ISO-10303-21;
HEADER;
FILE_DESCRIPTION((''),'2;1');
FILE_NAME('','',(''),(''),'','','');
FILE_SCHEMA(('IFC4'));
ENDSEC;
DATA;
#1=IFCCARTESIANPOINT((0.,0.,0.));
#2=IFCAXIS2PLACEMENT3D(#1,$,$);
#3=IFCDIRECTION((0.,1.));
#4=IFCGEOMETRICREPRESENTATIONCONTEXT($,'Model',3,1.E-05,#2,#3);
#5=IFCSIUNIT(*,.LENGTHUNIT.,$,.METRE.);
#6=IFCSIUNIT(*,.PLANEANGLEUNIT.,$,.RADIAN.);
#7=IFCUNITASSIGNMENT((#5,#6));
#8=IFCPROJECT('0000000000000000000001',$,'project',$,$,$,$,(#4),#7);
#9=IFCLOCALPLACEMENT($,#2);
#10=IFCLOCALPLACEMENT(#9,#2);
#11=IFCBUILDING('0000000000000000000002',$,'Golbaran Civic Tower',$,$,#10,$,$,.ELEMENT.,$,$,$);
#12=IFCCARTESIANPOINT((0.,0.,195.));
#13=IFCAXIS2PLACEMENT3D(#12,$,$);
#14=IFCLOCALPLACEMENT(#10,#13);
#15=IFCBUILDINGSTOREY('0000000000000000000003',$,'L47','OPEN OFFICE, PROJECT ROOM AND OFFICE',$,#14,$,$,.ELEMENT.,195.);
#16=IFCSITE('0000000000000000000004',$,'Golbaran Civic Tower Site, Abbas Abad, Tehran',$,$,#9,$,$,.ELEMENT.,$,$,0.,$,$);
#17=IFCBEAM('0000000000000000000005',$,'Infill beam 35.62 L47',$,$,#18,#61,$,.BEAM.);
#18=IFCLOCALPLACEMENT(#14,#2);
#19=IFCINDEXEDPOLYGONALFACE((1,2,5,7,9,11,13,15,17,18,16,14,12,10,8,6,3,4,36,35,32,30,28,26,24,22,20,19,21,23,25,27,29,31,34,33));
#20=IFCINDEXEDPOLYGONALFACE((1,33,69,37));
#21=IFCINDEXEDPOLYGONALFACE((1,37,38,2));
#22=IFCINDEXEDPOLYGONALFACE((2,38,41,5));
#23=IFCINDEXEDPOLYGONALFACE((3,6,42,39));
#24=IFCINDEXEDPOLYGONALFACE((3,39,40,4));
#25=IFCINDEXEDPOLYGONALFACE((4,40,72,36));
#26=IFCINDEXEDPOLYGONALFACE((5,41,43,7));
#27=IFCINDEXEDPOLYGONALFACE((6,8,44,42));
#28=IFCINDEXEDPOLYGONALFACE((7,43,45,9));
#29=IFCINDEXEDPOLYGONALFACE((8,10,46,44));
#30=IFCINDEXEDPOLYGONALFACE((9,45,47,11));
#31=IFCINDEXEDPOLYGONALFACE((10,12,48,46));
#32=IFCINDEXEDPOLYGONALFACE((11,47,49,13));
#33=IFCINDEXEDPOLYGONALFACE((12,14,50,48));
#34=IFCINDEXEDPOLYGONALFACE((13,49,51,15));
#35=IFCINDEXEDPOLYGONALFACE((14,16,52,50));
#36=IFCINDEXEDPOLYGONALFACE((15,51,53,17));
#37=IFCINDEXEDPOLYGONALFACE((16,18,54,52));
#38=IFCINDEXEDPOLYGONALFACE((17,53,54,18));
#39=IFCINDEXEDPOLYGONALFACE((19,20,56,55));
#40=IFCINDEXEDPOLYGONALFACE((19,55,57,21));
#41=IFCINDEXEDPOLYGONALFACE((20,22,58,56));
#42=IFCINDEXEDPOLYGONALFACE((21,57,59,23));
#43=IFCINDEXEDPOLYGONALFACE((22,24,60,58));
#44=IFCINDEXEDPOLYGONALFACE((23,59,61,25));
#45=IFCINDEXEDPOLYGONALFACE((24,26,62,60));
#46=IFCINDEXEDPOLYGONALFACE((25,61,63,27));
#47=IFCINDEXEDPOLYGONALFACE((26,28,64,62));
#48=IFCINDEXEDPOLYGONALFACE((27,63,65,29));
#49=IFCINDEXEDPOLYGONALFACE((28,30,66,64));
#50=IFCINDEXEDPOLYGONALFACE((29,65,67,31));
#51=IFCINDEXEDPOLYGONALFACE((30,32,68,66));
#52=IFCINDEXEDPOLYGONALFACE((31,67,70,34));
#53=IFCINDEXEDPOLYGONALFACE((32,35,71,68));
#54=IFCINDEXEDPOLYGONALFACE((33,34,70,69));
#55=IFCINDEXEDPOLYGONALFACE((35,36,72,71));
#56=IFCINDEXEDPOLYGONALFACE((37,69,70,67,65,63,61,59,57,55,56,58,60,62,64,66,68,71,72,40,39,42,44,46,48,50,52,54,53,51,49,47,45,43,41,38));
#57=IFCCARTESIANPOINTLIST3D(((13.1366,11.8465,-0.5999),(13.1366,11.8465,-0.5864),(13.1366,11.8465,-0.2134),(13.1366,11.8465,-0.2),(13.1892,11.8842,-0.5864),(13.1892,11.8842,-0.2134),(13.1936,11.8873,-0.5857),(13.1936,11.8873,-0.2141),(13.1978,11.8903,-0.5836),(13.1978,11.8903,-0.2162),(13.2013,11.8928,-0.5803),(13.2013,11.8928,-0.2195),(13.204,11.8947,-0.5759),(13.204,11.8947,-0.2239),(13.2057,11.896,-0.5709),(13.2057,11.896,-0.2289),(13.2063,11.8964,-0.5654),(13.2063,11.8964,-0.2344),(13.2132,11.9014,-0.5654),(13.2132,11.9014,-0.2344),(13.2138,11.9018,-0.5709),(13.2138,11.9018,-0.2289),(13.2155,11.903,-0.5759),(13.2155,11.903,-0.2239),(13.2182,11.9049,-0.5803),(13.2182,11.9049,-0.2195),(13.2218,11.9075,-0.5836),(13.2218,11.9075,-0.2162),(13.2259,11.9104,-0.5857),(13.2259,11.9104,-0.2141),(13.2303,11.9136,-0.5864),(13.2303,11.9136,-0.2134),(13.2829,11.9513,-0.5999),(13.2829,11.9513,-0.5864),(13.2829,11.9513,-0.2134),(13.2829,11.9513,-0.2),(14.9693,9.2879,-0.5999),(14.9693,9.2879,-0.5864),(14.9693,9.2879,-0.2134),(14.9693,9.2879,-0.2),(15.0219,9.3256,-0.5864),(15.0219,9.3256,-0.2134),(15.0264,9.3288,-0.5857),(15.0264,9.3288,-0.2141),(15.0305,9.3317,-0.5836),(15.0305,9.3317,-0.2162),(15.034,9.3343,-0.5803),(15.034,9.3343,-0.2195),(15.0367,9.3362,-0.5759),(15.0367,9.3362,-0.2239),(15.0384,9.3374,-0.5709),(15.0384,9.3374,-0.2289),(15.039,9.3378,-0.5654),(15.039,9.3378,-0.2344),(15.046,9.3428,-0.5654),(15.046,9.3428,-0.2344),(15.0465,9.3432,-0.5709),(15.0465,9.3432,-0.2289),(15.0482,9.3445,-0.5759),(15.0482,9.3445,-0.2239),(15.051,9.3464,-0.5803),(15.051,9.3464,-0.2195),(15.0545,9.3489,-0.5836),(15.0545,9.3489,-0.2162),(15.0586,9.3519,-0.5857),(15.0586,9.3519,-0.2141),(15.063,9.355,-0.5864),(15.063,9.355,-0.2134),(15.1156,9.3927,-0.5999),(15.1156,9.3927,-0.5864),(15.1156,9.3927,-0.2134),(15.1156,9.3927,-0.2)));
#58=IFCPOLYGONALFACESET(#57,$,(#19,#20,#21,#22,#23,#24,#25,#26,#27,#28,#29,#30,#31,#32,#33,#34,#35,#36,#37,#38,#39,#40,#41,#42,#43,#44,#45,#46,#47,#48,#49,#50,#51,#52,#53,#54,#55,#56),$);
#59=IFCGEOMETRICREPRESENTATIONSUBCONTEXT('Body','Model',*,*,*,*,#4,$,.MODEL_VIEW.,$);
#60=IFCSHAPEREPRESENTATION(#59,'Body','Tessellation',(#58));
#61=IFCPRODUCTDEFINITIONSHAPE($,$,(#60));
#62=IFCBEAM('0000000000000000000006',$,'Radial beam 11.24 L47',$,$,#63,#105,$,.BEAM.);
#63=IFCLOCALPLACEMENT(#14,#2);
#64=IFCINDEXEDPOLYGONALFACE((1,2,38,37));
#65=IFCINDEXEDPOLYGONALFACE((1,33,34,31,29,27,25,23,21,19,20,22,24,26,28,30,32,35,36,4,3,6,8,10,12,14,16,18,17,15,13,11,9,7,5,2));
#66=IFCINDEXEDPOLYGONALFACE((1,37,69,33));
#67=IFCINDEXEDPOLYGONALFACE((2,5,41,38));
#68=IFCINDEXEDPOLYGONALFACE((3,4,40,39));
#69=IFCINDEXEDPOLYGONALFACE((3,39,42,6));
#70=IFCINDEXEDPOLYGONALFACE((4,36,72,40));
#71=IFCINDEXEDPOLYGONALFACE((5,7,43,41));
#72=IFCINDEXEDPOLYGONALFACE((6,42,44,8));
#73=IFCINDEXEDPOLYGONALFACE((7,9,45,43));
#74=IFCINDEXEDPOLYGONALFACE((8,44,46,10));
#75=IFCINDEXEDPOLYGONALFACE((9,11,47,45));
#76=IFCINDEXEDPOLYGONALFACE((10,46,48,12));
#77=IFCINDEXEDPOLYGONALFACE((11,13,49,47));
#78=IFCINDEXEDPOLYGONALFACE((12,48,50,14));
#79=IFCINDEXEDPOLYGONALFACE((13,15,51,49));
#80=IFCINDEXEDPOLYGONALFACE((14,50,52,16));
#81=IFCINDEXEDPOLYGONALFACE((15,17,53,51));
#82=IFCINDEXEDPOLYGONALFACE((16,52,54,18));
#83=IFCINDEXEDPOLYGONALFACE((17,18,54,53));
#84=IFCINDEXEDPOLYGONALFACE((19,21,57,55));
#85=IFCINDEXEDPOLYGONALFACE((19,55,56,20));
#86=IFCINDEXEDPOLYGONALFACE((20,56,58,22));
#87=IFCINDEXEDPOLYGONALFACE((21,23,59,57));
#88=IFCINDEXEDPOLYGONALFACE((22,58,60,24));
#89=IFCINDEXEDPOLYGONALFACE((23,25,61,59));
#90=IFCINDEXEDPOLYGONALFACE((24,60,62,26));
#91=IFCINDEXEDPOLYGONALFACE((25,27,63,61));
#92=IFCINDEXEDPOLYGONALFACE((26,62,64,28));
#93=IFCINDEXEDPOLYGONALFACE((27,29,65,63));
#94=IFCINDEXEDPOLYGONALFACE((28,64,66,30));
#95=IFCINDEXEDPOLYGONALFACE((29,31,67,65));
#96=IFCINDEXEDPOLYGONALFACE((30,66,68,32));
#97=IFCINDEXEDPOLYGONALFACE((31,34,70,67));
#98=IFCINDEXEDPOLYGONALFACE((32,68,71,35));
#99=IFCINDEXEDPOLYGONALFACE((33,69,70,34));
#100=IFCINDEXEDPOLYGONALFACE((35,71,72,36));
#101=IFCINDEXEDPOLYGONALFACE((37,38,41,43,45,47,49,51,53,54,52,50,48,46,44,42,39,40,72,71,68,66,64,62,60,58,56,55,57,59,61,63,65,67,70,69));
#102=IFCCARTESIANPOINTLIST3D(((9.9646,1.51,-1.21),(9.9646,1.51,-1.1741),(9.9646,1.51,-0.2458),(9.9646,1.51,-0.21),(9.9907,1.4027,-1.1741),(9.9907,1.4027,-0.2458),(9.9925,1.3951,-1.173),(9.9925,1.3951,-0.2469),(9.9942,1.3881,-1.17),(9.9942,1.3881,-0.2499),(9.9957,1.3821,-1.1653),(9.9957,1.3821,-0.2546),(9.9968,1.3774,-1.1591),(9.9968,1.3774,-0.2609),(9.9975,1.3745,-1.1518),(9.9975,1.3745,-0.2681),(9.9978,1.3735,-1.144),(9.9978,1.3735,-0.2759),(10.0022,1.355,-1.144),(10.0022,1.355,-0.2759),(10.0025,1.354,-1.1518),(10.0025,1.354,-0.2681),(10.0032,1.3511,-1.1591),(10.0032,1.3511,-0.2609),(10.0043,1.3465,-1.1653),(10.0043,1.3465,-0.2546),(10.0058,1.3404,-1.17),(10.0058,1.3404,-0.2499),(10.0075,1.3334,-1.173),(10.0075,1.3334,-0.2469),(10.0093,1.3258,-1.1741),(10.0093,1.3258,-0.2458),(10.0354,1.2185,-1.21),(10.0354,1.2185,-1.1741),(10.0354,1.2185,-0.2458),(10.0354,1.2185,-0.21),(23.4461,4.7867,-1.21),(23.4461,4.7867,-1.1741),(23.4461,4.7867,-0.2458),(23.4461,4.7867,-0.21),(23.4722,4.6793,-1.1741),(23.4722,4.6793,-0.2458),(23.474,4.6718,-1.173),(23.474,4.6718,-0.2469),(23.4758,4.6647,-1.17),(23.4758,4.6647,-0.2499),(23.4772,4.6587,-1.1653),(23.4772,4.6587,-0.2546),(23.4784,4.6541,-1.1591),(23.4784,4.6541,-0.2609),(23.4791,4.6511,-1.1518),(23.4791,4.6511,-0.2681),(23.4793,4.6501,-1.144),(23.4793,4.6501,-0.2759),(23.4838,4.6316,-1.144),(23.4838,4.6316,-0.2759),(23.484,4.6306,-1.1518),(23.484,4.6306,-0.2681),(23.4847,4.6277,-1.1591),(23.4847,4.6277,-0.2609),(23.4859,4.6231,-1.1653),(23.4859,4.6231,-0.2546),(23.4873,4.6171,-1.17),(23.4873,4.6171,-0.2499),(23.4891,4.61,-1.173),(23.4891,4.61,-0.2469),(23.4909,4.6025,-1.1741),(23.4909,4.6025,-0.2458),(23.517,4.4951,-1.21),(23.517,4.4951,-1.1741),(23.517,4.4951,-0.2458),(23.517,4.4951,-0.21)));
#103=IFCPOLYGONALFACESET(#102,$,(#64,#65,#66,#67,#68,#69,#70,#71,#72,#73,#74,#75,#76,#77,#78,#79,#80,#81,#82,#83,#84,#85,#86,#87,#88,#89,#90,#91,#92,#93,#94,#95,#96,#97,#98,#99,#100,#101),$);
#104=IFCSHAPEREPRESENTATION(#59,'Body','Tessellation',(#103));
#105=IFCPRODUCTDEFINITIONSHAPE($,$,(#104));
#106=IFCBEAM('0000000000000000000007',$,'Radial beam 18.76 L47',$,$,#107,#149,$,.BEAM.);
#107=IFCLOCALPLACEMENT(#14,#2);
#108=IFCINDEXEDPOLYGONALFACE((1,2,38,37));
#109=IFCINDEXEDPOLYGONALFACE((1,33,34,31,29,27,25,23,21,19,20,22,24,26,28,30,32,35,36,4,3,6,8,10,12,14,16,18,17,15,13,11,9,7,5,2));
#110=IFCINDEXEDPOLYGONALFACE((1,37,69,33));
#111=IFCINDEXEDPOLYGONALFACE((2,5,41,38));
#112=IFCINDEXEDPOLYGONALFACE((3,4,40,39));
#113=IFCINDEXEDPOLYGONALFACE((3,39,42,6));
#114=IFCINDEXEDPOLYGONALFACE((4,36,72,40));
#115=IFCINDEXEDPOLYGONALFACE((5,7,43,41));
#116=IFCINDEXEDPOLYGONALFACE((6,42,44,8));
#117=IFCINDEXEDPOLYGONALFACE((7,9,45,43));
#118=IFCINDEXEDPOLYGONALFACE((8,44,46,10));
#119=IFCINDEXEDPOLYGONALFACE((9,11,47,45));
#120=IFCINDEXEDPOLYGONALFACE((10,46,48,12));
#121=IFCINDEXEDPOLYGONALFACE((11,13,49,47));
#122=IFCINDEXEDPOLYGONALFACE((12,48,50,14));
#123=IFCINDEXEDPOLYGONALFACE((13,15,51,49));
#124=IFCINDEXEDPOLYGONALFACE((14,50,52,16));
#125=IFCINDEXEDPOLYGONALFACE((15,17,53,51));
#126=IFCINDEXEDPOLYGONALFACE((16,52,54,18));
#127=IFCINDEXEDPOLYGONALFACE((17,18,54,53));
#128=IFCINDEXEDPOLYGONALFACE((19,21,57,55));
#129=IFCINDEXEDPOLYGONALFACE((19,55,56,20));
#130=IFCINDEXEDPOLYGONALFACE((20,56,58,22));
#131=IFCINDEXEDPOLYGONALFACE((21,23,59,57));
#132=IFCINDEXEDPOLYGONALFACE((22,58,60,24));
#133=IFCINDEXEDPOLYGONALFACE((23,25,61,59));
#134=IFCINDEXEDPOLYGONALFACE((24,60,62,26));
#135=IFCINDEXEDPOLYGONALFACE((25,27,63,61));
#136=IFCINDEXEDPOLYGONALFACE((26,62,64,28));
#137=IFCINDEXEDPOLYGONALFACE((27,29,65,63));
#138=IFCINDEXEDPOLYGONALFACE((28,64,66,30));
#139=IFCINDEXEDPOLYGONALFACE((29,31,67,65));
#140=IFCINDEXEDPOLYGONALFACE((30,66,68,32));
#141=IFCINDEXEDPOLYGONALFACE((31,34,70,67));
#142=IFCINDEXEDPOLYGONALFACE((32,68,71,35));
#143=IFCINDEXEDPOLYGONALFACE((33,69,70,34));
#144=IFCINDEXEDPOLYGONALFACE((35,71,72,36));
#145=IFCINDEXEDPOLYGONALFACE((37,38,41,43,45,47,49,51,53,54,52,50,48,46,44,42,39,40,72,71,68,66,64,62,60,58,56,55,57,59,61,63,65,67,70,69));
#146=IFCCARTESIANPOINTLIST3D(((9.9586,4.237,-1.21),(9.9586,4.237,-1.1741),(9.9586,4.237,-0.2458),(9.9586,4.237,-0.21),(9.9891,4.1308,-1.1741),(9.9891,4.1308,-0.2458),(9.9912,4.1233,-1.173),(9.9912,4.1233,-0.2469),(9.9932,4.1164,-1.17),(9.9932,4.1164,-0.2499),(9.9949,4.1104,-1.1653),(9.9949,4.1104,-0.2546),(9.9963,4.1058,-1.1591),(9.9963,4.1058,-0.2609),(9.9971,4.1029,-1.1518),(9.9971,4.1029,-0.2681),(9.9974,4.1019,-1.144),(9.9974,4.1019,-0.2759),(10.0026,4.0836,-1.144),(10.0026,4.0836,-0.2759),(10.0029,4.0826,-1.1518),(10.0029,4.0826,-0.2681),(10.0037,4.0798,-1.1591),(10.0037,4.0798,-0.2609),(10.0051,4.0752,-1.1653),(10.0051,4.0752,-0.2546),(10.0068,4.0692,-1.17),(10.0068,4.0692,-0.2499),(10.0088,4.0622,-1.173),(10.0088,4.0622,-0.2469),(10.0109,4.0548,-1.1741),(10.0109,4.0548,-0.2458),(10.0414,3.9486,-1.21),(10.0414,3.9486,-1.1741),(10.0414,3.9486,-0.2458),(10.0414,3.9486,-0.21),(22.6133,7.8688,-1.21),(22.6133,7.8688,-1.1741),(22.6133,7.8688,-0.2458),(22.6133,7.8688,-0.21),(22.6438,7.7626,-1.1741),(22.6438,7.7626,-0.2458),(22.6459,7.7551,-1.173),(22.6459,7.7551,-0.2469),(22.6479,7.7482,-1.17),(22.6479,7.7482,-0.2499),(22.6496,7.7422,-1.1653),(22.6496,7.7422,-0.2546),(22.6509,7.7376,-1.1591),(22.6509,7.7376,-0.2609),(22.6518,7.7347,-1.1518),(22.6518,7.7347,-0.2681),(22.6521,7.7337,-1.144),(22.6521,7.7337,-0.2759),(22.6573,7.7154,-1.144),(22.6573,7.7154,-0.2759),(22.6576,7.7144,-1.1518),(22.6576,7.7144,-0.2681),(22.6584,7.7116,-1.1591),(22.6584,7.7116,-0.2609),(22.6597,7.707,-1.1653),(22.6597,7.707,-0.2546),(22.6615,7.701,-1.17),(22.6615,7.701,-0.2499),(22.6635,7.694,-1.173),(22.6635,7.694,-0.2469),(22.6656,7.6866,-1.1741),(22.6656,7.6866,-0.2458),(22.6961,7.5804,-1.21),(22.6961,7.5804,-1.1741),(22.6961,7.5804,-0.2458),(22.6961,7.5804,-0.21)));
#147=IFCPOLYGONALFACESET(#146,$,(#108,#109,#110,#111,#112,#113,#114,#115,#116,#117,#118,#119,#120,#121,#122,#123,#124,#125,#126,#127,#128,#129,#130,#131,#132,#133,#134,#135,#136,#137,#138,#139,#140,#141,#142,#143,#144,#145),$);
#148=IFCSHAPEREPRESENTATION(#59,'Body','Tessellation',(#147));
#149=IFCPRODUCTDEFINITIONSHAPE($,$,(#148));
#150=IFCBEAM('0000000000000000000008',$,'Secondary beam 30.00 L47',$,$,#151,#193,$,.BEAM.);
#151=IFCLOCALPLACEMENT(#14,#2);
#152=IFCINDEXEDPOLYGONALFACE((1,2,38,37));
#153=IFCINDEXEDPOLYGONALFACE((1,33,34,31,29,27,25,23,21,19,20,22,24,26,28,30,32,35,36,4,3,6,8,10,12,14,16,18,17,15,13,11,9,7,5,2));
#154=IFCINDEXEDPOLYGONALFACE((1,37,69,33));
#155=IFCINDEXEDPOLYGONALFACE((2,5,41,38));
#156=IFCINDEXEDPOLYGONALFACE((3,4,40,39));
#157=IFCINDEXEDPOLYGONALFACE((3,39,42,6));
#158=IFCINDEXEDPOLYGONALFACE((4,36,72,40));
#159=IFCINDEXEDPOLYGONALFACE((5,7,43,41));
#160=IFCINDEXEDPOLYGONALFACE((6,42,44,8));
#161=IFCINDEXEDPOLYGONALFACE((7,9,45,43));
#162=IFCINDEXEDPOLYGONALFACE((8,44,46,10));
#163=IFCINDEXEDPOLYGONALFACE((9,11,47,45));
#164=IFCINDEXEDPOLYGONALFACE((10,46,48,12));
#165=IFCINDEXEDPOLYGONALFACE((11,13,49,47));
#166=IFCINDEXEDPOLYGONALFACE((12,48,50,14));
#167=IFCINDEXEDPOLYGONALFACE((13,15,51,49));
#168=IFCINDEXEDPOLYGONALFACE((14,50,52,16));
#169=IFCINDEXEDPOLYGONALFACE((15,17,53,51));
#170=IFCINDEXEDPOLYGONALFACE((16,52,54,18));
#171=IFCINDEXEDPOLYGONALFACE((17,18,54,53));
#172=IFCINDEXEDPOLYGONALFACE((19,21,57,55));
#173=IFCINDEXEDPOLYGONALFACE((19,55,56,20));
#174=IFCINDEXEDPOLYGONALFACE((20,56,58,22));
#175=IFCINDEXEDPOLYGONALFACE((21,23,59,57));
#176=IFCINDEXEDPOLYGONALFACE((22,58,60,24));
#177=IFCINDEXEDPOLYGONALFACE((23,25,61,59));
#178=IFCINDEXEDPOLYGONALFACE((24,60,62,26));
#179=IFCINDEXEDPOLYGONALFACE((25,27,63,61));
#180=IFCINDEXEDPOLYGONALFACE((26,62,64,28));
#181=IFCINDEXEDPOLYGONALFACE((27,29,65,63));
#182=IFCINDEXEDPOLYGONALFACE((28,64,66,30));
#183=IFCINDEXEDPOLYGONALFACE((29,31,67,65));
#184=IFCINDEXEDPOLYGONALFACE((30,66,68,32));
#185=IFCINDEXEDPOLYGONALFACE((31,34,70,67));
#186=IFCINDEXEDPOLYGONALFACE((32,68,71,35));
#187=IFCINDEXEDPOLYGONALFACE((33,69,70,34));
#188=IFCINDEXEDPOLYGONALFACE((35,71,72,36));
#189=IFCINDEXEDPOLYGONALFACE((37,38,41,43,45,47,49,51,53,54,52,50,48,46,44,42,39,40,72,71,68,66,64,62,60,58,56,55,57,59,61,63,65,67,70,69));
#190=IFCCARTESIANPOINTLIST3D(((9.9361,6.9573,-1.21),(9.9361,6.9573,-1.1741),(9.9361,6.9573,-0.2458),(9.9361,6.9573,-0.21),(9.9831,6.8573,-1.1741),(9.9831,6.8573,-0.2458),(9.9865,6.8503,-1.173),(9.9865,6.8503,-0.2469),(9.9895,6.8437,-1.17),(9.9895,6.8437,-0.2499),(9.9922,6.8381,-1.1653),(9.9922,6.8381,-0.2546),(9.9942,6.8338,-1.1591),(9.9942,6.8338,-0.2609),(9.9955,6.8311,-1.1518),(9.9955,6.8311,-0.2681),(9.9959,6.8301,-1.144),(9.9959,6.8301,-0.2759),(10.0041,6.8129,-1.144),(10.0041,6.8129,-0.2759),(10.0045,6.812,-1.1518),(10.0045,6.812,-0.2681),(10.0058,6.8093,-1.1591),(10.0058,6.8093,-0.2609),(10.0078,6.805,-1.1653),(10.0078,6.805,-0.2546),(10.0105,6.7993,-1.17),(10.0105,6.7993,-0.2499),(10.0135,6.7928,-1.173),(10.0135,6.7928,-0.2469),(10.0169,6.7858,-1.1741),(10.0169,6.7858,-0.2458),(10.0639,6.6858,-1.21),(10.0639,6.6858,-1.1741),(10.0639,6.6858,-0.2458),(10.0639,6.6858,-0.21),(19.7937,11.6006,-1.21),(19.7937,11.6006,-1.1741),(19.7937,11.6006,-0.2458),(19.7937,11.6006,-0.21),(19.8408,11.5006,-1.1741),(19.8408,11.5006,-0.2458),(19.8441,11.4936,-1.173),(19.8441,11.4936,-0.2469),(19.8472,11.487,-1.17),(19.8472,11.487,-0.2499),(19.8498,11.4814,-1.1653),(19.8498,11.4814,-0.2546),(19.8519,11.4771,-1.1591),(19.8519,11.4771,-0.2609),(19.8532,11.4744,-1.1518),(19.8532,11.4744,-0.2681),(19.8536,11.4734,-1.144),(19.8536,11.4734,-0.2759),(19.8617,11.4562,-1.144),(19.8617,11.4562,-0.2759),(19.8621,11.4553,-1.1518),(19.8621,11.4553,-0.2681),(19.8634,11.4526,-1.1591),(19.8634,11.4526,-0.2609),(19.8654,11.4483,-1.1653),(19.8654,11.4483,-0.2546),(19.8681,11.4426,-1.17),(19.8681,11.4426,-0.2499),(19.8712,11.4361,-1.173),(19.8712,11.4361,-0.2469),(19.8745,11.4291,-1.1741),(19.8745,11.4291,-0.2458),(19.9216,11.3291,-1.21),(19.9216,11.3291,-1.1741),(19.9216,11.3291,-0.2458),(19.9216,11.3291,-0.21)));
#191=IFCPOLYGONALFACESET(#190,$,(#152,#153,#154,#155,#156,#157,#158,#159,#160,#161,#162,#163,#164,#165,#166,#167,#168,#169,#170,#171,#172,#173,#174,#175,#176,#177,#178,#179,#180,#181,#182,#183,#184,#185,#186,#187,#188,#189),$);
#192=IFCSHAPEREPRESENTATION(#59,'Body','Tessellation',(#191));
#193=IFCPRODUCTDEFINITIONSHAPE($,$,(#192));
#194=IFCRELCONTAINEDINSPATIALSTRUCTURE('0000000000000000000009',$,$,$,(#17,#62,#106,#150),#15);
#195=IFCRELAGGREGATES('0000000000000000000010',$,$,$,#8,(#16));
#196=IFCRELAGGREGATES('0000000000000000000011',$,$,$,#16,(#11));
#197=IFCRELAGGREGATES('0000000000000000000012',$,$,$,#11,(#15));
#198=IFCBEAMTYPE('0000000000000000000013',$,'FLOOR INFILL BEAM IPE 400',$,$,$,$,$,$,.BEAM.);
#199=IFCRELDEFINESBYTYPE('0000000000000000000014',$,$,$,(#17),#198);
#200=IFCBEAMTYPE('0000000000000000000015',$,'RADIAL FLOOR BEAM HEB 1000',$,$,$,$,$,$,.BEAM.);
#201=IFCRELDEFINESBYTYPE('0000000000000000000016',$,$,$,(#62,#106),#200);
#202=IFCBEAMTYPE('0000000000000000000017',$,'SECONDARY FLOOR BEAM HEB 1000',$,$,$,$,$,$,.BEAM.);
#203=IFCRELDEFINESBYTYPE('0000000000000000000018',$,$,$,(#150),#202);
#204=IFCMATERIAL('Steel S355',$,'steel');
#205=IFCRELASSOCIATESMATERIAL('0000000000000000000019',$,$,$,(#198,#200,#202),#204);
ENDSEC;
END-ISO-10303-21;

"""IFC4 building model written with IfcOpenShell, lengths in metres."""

from ifc_helpers import new_model, si_unit, direction, frame, origin, origin_2d, place, context, subcontext, project, spatial, i_section, extrude, material, material_profile, profile_set, type_object, element, save


model = new_model("IFC4")

# Units and contexts
model_context = context("Model", 3, precision=1e-05, world=origin(), true_north=direction((0.0, 1.0)))
body_context = subcontext(model_context, "Body", "Model", "MODEL_VIEW")
ifc_project = project(units=[si_unit("LENGTHUNIT", "METRE"), si_unit("PLANEANGLEUNIT", "RADIAN")], contexts=[model_context])

# Site, building, storey
site_placement = place(None, origin())
site = spatial("IfcSite", under=ifc_project, at=site_placement, Name="Golbaran Civic Tower Site, Abbas Abad, Tehran", CompositionType="ELEMENT", RefElevation=0.0)
building_placement = place(site_placement, origin())
building = spatial("IfcBuilding", under=site, at=building_placement, Name="Golbaran Civic Tower", CompositionType="ELEMENT")
storey_placement = place(building_placement, frame((0.0, 0.0, 195.0)))
storey = spatial("IfcBuildingStorey", under=building, at=storey_placement, Name="L47", Description="OPEN OFFICE, PROJECT ROOM AND OFFICE", CompositionType="ELEMENT", Elevation=195.0)

# Beams
ifc_material_1 = material(Name="Steel S355", Category="steel")
ifc_material_profile_1 = material_profile(ifc_material_1, i_section(OverallWidth=0.1799, OverallDepth=0.3999, WebThickness=0.0085, FlangeThickness=0.0134, FilletRadius=0.021, at=origin_2d()), Name="IPE 400")
ifc_profile_set_1 = profile_set([ifc_material_profile_1], Name="Steel S355")
beam_type_1 = type_object("IfcBeamType", Name="FLOOR INFILL BEAM IPE 400", PredefinedType="BEAM", material=ifc_profile_set_1)
beam_1_placement = place(storey_placement, frame((15.0425, 9.3403, -0.3999), z_axis=(-0.582331, 0.812952, 0.0), x_axis=(-0.812952, -0.582331, 0.0)))
element("IfcBeam", 1, at=beam_1_placement, inside=storey, type_object=beam_type_1, Name="Infill beam 35.62 L47", PredefinedType="BEAM", context=body_context, shape_type="SweptSolid", body=[
    extrude(i_section(OverallWidth=0.1799, OverallDepth=0.3999, WebThickness=0.0085, FlangeThickness=0.0134, FilletRadius=0.021, at=origin_2d()), origin(), (0.0, 0.0, 1.0), 3.1472),
])
ifc_material_profile_2 = material_profile(ifc_material_1, i_section(OverallWidth=0.3, OverallDepth=1.0, WebThickness=0.019, FlangeThickness=0.0359, FilletRadius=0.03, at=origin_2d()), Name="HEB 1000")
ifc_profile_set_2 = profile_set([ifc_material_profile_2], Name="Steel S355")
beam_type_2 = type_object("IfcBeamType", Name="RADIAL FLOOR BEAM HEB 1000", PredefinedType="BEAM", material=ifc_profile_set_2)
beam_2_placement = place(storey_placement, frame((10.0, 1.3643, -0.71), z_axis=(0.971712, 0.236171, 0.0), x_axis=(-0.236171, 0.971712, 0.0)))
element("IfcBeam", 2, at=beam_2_placement, inside=storey, type_object=beam_type_2, Name="Radial beam 11.24 L47", PredefinedType="BEAM", context=body_context, shape_type="SweptSolid", body=[
    extrude(i_section(OverallWidth=0.3, OverallDepth=1.0, WebThickness=0.019, FlangeThickness=0.0359, FilletRadius=0.03, at=origin_2d()), origin(), (0.0, 0.0, 1.0), 13.874),
])
beam_3_placement = place(storey_placement, frame((10.0, 4.0928, -0.71), z_axis=(0.961199, 0.275857, 0.0), x_axis=(-0.275857, 0.961199, 0.0)))
element("IfcBeam", 3, at=beam_3_placement, inside=storey, type_object=beam_type_2, Name="Radial beam 18.76 L47", PredefinedType="BEAM", context=body_context, shape_type="SweptSolid", body=[
    extrude(i_section(OverallWidth=0.3, OverallDepth=1.0, WebThickness=0.019, FlangeThickness=0.0359, FilletRadius=0.03, at=origin_2d()), origin(), (0.0, 0.0, 1.0), 13.1655),
])
ifc_material_profile_3 = material_profile(ifc_material_1, i_section(OverallWidth=0.3, OverallDepth=1.0, WebThickness=0.019, FlangeThickness=0.0359, FilletRadius=0.03, at=origin_2d()), Name="HEB 1000")
ifc_profile_set_3 = profile_set([ifc_material_profile_3], Name="Steel S355")
beam_type_3 = type_object("IfcBeamType", Name="SECONDARY FLOOR BEAM HEB 1000", PredefinedType="BEAM", material=ifc_profile_set_3)
beam_4_placement = place(storey_placement, frame((10.0, 6.8215, -0.71), z_axis=(0.904663, 0.426128, 0.0), x_axis=(-0.426128, 0.904663, 0.0)))
element("IfcBeam", 4, at=beam_4_placement, inside=storey, type_object=beam_type_3, Name="Secondary beam 30.00 L47", PredefinedType="BEAM", context=body_context, shape_type="SweptSolid", body=[
    extrude(i_section(OverallWidth=0.3, OverallDepth=1.0, WebThickness=0.019, FlangeThickness=0.0359, FilletRadius=0.03, at=origin_2d()), origin(), (0.0, 0.0, 1.0), 10.8965),
])

save(model, "model.ifc")
